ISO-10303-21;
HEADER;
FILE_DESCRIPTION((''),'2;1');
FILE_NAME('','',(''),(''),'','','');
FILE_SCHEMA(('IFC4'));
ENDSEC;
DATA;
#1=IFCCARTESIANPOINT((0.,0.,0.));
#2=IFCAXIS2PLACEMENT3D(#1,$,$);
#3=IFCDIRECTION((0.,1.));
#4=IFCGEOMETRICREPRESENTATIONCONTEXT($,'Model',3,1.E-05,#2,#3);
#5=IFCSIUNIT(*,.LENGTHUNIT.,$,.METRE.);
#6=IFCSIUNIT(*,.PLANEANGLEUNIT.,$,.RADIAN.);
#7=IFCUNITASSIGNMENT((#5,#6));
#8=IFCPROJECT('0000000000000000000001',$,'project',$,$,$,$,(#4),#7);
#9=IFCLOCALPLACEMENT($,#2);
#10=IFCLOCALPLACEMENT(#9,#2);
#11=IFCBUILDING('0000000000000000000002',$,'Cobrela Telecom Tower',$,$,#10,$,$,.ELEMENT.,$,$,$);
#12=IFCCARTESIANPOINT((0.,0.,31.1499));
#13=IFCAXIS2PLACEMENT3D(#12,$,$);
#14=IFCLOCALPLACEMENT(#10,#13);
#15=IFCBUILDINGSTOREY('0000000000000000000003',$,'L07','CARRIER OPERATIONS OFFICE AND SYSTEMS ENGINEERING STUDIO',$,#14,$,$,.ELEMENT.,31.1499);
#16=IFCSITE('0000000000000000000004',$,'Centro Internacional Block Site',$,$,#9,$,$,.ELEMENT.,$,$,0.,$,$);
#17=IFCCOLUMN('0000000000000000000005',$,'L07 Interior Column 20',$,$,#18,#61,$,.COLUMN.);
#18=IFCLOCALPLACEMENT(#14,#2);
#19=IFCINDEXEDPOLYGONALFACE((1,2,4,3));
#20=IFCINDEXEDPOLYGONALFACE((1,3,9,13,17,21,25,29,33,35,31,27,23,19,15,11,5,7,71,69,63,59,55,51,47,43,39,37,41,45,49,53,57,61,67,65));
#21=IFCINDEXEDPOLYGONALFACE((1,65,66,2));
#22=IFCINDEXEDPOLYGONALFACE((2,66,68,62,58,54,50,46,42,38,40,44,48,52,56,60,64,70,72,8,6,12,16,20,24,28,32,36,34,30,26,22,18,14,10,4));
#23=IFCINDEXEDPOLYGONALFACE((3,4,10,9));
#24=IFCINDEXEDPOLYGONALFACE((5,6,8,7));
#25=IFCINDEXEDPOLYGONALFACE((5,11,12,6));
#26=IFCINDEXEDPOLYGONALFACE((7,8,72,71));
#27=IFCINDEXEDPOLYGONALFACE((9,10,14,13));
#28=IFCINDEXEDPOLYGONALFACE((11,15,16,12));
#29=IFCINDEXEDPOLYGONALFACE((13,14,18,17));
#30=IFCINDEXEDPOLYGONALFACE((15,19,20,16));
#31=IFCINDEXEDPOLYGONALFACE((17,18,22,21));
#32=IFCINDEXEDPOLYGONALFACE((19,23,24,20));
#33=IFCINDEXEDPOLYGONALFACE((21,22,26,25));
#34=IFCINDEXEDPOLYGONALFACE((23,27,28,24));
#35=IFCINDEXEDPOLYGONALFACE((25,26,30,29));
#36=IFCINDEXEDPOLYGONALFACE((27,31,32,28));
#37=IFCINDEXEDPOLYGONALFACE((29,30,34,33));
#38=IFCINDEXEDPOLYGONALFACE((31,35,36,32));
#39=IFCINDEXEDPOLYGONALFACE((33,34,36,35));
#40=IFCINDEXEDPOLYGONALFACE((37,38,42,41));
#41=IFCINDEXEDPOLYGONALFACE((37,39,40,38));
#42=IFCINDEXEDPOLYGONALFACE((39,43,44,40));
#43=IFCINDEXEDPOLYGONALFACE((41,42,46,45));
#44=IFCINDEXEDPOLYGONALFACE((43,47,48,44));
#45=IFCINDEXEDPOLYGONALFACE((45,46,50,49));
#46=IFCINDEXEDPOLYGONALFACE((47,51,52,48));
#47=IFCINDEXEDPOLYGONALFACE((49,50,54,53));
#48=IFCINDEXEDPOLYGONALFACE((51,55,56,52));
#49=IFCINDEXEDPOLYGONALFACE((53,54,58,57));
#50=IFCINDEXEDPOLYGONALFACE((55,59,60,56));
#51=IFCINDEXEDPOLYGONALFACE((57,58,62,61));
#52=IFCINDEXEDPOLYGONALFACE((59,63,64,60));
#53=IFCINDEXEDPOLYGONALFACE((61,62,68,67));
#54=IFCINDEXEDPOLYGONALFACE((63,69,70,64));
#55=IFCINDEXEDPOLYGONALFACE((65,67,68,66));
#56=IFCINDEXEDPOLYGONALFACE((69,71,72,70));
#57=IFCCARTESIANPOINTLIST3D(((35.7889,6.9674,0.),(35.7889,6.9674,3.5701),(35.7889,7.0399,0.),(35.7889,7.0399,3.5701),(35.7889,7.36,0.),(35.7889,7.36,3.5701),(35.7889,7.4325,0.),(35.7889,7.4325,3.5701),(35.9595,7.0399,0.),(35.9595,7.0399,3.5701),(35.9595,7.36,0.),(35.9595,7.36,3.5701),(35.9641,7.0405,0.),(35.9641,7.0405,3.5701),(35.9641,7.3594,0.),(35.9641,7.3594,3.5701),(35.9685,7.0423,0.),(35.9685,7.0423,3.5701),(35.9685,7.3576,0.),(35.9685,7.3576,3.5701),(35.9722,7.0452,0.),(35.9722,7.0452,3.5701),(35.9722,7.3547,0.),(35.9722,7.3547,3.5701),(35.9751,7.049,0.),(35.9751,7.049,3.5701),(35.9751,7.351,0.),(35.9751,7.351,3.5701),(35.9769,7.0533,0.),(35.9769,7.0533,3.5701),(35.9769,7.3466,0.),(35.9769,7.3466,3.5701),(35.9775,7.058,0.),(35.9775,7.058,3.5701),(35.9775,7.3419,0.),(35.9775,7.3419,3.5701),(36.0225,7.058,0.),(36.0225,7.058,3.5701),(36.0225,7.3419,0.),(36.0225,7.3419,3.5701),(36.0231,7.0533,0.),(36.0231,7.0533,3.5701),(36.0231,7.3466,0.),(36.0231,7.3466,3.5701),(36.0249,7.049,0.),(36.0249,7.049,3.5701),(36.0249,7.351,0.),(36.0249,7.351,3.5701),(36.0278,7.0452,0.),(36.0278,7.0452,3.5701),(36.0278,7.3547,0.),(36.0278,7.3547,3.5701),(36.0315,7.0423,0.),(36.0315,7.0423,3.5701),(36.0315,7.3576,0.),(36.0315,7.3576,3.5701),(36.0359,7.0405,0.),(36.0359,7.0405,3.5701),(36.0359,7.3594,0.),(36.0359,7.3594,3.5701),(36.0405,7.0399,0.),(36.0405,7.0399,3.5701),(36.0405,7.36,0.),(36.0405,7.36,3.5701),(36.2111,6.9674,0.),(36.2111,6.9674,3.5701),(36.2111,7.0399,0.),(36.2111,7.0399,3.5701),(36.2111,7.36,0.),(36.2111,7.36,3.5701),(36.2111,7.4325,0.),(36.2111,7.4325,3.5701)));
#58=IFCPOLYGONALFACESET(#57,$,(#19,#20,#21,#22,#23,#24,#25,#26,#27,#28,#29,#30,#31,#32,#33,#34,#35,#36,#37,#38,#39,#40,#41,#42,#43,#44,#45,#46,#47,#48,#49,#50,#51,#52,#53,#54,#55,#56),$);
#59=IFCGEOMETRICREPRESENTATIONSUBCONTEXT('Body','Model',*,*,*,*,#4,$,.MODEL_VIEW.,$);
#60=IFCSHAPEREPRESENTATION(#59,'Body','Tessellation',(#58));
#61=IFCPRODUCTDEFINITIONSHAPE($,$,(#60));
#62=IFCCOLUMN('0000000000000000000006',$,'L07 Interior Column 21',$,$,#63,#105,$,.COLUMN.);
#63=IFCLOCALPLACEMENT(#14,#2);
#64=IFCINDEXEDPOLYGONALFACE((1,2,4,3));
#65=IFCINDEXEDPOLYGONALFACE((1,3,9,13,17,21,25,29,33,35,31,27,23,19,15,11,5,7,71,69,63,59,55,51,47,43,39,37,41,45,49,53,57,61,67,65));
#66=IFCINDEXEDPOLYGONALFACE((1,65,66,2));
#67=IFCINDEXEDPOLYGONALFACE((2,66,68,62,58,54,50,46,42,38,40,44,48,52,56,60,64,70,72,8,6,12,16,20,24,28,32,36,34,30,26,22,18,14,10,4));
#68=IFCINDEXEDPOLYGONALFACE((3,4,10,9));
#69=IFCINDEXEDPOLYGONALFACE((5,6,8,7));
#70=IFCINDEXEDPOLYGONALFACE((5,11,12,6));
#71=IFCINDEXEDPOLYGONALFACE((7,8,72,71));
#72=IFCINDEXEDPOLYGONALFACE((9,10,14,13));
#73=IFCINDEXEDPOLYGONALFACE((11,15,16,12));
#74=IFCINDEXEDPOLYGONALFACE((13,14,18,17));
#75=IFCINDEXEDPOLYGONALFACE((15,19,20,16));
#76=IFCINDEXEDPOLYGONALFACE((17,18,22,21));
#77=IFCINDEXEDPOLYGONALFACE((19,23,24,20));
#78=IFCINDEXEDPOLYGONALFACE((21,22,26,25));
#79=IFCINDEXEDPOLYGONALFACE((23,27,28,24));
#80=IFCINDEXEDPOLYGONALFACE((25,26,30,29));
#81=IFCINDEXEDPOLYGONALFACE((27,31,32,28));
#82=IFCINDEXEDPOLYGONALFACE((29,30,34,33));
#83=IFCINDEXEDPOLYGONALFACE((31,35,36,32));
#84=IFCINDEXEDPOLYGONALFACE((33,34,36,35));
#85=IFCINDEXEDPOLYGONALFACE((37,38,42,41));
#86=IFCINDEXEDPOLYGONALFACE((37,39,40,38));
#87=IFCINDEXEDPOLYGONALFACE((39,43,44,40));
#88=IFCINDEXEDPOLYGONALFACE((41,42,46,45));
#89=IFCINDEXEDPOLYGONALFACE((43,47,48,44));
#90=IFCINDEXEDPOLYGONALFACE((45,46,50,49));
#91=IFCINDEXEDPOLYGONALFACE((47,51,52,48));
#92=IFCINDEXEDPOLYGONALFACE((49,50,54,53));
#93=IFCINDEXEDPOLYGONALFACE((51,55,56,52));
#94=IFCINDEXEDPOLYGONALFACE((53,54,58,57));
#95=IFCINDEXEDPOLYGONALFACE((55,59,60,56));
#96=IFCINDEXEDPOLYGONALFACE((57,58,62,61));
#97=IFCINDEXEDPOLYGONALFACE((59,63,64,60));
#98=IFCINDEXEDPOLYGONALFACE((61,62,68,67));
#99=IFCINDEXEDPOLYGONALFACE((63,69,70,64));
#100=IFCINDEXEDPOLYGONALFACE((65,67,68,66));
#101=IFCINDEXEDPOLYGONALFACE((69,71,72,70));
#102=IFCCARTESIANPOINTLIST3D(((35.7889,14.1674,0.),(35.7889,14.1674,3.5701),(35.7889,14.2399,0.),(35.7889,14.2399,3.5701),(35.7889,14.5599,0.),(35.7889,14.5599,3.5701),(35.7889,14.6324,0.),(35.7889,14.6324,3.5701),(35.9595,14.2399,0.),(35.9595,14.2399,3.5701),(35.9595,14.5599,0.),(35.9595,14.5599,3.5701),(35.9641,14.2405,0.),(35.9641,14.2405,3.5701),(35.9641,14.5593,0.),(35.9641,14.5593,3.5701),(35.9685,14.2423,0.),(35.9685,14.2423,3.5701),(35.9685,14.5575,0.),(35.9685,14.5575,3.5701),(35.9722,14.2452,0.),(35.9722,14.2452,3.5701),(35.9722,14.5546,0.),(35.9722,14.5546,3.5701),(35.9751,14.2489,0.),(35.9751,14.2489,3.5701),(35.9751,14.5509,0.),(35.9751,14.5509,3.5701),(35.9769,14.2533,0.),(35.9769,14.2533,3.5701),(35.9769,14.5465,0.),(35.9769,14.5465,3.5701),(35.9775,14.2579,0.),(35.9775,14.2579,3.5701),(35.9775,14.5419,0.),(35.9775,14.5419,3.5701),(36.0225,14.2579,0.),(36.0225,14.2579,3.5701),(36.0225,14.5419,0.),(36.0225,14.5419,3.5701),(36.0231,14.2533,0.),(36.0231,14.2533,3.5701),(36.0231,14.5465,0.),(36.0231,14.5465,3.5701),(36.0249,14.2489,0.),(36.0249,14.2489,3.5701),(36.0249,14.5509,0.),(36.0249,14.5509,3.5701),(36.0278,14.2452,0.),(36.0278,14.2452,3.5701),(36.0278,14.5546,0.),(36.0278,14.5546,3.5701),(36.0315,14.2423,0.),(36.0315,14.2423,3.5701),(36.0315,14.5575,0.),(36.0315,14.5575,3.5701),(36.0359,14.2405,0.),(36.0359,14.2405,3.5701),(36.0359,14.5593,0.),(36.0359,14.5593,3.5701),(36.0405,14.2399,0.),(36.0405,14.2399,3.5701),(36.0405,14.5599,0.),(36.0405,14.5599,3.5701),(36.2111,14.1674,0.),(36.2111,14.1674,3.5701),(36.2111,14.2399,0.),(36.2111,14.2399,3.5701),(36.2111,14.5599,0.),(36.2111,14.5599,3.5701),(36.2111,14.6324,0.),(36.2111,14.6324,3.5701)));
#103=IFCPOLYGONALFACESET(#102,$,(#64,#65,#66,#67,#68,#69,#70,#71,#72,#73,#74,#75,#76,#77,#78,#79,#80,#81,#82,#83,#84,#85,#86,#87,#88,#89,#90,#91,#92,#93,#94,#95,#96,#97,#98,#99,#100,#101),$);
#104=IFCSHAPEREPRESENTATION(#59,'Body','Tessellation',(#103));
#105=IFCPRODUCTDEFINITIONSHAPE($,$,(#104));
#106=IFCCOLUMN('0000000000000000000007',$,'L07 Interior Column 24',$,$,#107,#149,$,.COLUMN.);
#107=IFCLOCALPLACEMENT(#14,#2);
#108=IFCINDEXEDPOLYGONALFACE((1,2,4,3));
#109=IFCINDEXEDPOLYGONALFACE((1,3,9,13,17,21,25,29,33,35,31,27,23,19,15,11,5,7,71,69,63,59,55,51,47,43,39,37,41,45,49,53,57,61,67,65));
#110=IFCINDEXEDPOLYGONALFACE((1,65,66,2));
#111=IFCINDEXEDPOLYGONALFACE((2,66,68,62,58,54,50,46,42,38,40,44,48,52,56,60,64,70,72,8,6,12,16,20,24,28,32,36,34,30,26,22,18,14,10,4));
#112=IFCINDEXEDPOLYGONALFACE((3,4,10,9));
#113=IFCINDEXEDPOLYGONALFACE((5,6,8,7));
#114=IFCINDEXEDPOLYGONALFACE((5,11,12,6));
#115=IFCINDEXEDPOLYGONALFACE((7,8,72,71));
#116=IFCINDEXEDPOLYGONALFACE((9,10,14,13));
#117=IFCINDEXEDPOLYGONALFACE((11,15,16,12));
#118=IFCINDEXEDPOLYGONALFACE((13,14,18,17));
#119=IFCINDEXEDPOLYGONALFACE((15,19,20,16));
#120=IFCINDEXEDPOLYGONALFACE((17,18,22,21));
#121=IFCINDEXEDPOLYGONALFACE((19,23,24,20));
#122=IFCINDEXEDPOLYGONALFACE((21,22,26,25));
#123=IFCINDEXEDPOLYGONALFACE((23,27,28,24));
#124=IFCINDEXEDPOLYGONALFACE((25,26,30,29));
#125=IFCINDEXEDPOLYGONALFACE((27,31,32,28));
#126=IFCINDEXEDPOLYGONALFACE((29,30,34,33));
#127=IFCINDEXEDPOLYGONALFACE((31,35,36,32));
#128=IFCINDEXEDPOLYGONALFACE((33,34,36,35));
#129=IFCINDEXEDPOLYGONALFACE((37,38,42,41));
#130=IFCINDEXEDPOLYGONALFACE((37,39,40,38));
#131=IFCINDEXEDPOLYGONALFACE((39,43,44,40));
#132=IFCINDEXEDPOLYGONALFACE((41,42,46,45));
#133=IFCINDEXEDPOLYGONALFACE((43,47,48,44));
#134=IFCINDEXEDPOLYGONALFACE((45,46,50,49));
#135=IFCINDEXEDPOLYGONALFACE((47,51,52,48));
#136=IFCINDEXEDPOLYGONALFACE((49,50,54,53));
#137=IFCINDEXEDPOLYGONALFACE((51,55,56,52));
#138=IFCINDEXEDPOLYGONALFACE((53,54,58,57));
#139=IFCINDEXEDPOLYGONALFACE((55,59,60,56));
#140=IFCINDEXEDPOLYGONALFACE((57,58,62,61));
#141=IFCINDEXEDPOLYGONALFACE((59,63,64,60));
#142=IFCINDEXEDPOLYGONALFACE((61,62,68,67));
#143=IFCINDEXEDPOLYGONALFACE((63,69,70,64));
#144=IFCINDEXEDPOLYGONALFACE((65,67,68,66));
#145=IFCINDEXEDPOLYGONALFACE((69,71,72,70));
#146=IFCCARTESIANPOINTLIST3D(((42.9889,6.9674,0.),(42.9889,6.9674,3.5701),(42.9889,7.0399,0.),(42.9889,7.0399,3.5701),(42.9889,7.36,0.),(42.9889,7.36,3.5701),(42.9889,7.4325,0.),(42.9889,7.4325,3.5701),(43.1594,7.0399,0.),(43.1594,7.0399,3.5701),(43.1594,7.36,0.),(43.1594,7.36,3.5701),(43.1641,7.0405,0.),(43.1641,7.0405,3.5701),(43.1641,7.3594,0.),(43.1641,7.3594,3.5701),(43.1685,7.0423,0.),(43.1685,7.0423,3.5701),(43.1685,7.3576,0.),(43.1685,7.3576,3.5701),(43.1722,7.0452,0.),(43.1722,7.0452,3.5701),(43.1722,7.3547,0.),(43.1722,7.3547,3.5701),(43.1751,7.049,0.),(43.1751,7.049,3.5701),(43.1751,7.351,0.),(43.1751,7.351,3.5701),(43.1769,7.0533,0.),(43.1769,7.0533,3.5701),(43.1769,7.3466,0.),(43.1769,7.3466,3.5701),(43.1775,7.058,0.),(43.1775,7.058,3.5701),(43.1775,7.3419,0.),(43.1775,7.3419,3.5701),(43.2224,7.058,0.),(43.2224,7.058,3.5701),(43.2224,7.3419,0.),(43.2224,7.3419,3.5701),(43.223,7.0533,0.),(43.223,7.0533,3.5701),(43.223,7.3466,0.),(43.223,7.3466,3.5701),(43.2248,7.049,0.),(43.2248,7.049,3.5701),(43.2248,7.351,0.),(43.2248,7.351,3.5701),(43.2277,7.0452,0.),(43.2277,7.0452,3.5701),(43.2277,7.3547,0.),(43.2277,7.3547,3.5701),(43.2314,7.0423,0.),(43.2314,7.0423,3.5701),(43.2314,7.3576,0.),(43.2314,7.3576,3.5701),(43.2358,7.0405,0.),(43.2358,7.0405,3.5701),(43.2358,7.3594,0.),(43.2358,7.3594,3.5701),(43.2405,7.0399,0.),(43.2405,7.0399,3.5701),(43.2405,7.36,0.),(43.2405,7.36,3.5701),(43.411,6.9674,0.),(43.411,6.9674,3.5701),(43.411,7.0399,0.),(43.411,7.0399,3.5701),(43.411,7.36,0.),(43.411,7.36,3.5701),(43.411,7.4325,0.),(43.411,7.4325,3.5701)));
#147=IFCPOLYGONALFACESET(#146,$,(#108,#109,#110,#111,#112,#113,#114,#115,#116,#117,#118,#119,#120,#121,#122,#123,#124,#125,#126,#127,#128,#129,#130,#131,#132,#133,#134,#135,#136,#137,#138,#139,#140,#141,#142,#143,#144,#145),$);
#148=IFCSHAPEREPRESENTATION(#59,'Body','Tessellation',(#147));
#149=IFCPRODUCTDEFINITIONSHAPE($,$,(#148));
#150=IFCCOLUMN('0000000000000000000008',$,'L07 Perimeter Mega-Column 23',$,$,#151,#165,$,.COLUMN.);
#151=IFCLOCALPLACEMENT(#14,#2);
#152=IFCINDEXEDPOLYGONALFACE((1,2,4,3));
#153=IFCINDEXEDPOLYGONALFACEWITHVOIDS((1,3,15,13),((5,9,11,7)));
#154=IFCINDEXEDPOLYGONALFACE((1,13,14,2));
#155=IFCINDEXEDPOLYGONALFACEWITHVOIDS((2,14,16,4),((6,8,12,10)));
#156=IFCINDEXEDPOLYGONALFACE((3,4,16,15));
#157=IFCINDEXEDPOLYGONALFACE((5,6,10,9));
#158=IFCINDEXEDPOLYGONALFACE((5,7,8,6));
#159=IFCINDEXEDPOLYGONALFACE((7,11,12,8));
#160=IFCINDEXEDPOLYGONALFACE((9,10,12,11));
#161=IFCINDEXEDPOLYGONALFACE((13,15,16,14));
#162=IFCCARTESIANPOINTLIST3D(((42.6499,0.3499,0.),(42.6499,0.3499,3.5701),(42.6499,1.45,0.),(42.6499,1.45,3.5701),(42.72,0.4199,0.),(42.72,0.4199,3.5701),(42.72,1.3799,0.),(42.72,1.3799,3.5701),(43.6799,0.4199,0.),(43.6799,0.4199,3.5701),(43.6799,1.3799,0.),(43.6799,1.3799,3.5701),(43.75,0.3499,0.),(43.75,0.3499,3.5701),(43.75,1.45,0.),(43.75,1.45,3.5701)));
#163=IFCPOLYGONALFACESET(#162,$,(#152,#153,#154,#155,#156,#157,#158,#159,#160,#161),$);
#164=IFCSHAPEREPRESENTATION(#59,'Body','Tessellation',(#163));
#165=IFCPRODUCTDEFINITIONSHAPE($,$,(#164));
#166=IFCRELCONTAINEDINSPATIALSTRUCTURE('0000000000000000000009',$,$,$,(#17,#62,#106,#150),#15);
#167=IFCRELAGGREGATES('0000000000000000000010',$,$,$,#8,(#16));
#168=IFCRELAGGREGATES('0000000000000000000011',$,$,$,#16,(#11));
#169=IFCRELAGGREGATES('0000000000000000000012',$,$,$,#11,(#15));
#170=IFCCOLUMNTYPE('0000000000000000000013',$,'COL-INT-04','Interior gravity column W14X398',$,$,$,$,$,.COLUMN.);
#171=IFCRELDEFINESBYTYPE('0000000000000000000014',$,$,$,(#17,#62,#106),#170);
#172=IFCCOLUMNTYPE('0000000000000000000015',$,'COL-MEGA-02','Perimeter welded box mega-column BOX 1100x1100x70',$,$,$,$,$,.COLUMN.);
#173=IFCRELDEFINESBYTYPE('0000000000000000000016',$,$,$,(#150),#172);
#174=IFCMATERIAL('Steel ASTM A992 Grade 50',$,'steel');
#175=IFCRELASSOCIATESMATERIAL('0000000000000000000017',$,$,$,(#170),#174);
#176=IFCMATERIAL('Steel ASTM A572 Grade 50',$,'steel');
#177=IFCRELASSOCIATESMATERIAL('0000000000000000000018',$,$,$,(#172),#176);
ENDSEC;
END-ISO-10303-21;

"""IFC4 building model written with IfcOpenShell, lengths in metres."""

from ifc_helpers import new_model, si_unit, direction, frame, origin, origin_2d, place, context, subcontext, project, spatial, hollow_rectangle, i_section, extrude, material, material_profile, profile_set, type_object, element, save


model = new_model("IFC4")

# Units and contexts
model_context = context("Model", 3, precision=1e-05, world=origin(), true_north=direction((0.0, 1.0)))
body_context = subcontext(model_context, "Body", "Model", "MODEL_VIEW")
ifc_project = project(units=[si_unit("LENGTHUNIT", "METRE"), si_unit("PLANEANGLEUNIT", "RADIAN")], contexts=[model_context])

# Site, building, storey
site_placement = place(None, origin())
site = spatial("IfcSite", under=ifc_project, at=site_placement, Name="Centro Internacional Block Site", CompositionType="ELEMENT", RefElevation=0.0)
building_placement = place(site_placement, origin())
building = spatial("IfcBuilding", under=site, at=building_placement, Name="Cobrela Telecom Tower", CompositionType="ELEMENT")
storey_placement = place(building_placement, frame((0.0, 0.0, 31.1499)))
storey = spatial("IfcBuildingStorey", under=building, at=storey_placement, Name="L07", Description="CARRIER OPERATIONS OFFICE AND SYSTEMS ENGINEERING STUDIO", CompositionType="ELEMENT", Elevation=31.1499)

# Columns
ifc_material_1 = material(Name="Steel ASTM A992 Grade 50", Category="steel")
ifc_material_profile_1 = material_profile(ifc_material_1, i_section(OverallWidth=0.4221, OverallDepth=0.4651, WebThickness=0.0449, FlangeThickness=0.0725, FilletRadius=0.0181, at=origin_2d()), Name="W14X398")
ifc_profile_set_1 = profile_set([ifc_material_profile_1], Name="Steel ASTM A992 Grade 50")
column_type_1 = type_object("IfcColumnType", Name="COL-INT-04", Description="Interior gravity column W14X398", PredefinedType="COLUMN", material=ifc_profile_set_1)
for number, where, z_axis, x_axis, name in (
    (1, (36.0, 7.2, 0.0), (0.0, 0.0, 1.0), (1.0, 0.0, 0.0), "L07 Interior Column 20"),
    (2, (36.0, 14.3999, 0.0), (0.0, 0.0, 1.0), (1.0, 0.0, 0.0), "L07 Interior Column 21"),
    (3, (43.2, 7.2, 0.0), (0.0, 0.0, 1.0), (1.0, 0.0, 0.0), "L07 Interior Column 24"),
):
    element("IfcColumn", number, at=place(storey_placement, frame(where, z_axis=z_axis, x_axis=x_axis)), inside=storey, type_object=column_type_1, Name=name, PredefinedType="COLUMN", context=body_context, shape_type="SweptSolid", body=[
        extrude(i_section(OverallWidth=0.4221, OverallDepth=0.4651, WebThickness=0.0449, FlangeThickness=0.0725, FilletRadius=0.0181, at=origin_2d()), origin(), (0.0, 0.0, 1.0), 3.5701),
    ])
ifc_material_2 = material(Name="Steel ASTM A572 Grade 50", Category="steel")
ifc_material_profile_2 = material_profile(ifc_material_2, hollow_rectangle(XDim=1.1001, YDim=1.1001, WallThickness=0.0701, at=origin_2d()), Name="BOX 1100x1100x70")
ifc_profile_set_2 = profile_set([ifc_material_profile_2], Name="Steel ASTM A572 Grade 50")
column_type_2 = type_object("IfcColumnType", Name="COL-MEGA-02", Description="Perimeter welded box mega-column BOX 1100x1100x70", PredefinedType="COLUMN", material=ifc_profile_set_2)
column_placement = place(storey_placement, frame((43.2, 0.8999, 0.0), z_axis=(0.0, 0.0, 1.0), x_axis=(1.0, 0.0, 0.0)))
element("IfcColumn", 4, at=column_placement, inside=storey, type_object=column_type_2, Name="L07 Perimeter Mega-Column 23", PredefinedType="COLUMN", context=body_context, shape_type="SweptSolid", body=[
    extrude(hollow_rectangle(XDim=1.1001, YDim=1.1001, WallThickness=0.0701, at=origin_2d()), origin(), (0.0, 0.0, 1.0), 3.5701),
])

save(model, "model.ifc")
